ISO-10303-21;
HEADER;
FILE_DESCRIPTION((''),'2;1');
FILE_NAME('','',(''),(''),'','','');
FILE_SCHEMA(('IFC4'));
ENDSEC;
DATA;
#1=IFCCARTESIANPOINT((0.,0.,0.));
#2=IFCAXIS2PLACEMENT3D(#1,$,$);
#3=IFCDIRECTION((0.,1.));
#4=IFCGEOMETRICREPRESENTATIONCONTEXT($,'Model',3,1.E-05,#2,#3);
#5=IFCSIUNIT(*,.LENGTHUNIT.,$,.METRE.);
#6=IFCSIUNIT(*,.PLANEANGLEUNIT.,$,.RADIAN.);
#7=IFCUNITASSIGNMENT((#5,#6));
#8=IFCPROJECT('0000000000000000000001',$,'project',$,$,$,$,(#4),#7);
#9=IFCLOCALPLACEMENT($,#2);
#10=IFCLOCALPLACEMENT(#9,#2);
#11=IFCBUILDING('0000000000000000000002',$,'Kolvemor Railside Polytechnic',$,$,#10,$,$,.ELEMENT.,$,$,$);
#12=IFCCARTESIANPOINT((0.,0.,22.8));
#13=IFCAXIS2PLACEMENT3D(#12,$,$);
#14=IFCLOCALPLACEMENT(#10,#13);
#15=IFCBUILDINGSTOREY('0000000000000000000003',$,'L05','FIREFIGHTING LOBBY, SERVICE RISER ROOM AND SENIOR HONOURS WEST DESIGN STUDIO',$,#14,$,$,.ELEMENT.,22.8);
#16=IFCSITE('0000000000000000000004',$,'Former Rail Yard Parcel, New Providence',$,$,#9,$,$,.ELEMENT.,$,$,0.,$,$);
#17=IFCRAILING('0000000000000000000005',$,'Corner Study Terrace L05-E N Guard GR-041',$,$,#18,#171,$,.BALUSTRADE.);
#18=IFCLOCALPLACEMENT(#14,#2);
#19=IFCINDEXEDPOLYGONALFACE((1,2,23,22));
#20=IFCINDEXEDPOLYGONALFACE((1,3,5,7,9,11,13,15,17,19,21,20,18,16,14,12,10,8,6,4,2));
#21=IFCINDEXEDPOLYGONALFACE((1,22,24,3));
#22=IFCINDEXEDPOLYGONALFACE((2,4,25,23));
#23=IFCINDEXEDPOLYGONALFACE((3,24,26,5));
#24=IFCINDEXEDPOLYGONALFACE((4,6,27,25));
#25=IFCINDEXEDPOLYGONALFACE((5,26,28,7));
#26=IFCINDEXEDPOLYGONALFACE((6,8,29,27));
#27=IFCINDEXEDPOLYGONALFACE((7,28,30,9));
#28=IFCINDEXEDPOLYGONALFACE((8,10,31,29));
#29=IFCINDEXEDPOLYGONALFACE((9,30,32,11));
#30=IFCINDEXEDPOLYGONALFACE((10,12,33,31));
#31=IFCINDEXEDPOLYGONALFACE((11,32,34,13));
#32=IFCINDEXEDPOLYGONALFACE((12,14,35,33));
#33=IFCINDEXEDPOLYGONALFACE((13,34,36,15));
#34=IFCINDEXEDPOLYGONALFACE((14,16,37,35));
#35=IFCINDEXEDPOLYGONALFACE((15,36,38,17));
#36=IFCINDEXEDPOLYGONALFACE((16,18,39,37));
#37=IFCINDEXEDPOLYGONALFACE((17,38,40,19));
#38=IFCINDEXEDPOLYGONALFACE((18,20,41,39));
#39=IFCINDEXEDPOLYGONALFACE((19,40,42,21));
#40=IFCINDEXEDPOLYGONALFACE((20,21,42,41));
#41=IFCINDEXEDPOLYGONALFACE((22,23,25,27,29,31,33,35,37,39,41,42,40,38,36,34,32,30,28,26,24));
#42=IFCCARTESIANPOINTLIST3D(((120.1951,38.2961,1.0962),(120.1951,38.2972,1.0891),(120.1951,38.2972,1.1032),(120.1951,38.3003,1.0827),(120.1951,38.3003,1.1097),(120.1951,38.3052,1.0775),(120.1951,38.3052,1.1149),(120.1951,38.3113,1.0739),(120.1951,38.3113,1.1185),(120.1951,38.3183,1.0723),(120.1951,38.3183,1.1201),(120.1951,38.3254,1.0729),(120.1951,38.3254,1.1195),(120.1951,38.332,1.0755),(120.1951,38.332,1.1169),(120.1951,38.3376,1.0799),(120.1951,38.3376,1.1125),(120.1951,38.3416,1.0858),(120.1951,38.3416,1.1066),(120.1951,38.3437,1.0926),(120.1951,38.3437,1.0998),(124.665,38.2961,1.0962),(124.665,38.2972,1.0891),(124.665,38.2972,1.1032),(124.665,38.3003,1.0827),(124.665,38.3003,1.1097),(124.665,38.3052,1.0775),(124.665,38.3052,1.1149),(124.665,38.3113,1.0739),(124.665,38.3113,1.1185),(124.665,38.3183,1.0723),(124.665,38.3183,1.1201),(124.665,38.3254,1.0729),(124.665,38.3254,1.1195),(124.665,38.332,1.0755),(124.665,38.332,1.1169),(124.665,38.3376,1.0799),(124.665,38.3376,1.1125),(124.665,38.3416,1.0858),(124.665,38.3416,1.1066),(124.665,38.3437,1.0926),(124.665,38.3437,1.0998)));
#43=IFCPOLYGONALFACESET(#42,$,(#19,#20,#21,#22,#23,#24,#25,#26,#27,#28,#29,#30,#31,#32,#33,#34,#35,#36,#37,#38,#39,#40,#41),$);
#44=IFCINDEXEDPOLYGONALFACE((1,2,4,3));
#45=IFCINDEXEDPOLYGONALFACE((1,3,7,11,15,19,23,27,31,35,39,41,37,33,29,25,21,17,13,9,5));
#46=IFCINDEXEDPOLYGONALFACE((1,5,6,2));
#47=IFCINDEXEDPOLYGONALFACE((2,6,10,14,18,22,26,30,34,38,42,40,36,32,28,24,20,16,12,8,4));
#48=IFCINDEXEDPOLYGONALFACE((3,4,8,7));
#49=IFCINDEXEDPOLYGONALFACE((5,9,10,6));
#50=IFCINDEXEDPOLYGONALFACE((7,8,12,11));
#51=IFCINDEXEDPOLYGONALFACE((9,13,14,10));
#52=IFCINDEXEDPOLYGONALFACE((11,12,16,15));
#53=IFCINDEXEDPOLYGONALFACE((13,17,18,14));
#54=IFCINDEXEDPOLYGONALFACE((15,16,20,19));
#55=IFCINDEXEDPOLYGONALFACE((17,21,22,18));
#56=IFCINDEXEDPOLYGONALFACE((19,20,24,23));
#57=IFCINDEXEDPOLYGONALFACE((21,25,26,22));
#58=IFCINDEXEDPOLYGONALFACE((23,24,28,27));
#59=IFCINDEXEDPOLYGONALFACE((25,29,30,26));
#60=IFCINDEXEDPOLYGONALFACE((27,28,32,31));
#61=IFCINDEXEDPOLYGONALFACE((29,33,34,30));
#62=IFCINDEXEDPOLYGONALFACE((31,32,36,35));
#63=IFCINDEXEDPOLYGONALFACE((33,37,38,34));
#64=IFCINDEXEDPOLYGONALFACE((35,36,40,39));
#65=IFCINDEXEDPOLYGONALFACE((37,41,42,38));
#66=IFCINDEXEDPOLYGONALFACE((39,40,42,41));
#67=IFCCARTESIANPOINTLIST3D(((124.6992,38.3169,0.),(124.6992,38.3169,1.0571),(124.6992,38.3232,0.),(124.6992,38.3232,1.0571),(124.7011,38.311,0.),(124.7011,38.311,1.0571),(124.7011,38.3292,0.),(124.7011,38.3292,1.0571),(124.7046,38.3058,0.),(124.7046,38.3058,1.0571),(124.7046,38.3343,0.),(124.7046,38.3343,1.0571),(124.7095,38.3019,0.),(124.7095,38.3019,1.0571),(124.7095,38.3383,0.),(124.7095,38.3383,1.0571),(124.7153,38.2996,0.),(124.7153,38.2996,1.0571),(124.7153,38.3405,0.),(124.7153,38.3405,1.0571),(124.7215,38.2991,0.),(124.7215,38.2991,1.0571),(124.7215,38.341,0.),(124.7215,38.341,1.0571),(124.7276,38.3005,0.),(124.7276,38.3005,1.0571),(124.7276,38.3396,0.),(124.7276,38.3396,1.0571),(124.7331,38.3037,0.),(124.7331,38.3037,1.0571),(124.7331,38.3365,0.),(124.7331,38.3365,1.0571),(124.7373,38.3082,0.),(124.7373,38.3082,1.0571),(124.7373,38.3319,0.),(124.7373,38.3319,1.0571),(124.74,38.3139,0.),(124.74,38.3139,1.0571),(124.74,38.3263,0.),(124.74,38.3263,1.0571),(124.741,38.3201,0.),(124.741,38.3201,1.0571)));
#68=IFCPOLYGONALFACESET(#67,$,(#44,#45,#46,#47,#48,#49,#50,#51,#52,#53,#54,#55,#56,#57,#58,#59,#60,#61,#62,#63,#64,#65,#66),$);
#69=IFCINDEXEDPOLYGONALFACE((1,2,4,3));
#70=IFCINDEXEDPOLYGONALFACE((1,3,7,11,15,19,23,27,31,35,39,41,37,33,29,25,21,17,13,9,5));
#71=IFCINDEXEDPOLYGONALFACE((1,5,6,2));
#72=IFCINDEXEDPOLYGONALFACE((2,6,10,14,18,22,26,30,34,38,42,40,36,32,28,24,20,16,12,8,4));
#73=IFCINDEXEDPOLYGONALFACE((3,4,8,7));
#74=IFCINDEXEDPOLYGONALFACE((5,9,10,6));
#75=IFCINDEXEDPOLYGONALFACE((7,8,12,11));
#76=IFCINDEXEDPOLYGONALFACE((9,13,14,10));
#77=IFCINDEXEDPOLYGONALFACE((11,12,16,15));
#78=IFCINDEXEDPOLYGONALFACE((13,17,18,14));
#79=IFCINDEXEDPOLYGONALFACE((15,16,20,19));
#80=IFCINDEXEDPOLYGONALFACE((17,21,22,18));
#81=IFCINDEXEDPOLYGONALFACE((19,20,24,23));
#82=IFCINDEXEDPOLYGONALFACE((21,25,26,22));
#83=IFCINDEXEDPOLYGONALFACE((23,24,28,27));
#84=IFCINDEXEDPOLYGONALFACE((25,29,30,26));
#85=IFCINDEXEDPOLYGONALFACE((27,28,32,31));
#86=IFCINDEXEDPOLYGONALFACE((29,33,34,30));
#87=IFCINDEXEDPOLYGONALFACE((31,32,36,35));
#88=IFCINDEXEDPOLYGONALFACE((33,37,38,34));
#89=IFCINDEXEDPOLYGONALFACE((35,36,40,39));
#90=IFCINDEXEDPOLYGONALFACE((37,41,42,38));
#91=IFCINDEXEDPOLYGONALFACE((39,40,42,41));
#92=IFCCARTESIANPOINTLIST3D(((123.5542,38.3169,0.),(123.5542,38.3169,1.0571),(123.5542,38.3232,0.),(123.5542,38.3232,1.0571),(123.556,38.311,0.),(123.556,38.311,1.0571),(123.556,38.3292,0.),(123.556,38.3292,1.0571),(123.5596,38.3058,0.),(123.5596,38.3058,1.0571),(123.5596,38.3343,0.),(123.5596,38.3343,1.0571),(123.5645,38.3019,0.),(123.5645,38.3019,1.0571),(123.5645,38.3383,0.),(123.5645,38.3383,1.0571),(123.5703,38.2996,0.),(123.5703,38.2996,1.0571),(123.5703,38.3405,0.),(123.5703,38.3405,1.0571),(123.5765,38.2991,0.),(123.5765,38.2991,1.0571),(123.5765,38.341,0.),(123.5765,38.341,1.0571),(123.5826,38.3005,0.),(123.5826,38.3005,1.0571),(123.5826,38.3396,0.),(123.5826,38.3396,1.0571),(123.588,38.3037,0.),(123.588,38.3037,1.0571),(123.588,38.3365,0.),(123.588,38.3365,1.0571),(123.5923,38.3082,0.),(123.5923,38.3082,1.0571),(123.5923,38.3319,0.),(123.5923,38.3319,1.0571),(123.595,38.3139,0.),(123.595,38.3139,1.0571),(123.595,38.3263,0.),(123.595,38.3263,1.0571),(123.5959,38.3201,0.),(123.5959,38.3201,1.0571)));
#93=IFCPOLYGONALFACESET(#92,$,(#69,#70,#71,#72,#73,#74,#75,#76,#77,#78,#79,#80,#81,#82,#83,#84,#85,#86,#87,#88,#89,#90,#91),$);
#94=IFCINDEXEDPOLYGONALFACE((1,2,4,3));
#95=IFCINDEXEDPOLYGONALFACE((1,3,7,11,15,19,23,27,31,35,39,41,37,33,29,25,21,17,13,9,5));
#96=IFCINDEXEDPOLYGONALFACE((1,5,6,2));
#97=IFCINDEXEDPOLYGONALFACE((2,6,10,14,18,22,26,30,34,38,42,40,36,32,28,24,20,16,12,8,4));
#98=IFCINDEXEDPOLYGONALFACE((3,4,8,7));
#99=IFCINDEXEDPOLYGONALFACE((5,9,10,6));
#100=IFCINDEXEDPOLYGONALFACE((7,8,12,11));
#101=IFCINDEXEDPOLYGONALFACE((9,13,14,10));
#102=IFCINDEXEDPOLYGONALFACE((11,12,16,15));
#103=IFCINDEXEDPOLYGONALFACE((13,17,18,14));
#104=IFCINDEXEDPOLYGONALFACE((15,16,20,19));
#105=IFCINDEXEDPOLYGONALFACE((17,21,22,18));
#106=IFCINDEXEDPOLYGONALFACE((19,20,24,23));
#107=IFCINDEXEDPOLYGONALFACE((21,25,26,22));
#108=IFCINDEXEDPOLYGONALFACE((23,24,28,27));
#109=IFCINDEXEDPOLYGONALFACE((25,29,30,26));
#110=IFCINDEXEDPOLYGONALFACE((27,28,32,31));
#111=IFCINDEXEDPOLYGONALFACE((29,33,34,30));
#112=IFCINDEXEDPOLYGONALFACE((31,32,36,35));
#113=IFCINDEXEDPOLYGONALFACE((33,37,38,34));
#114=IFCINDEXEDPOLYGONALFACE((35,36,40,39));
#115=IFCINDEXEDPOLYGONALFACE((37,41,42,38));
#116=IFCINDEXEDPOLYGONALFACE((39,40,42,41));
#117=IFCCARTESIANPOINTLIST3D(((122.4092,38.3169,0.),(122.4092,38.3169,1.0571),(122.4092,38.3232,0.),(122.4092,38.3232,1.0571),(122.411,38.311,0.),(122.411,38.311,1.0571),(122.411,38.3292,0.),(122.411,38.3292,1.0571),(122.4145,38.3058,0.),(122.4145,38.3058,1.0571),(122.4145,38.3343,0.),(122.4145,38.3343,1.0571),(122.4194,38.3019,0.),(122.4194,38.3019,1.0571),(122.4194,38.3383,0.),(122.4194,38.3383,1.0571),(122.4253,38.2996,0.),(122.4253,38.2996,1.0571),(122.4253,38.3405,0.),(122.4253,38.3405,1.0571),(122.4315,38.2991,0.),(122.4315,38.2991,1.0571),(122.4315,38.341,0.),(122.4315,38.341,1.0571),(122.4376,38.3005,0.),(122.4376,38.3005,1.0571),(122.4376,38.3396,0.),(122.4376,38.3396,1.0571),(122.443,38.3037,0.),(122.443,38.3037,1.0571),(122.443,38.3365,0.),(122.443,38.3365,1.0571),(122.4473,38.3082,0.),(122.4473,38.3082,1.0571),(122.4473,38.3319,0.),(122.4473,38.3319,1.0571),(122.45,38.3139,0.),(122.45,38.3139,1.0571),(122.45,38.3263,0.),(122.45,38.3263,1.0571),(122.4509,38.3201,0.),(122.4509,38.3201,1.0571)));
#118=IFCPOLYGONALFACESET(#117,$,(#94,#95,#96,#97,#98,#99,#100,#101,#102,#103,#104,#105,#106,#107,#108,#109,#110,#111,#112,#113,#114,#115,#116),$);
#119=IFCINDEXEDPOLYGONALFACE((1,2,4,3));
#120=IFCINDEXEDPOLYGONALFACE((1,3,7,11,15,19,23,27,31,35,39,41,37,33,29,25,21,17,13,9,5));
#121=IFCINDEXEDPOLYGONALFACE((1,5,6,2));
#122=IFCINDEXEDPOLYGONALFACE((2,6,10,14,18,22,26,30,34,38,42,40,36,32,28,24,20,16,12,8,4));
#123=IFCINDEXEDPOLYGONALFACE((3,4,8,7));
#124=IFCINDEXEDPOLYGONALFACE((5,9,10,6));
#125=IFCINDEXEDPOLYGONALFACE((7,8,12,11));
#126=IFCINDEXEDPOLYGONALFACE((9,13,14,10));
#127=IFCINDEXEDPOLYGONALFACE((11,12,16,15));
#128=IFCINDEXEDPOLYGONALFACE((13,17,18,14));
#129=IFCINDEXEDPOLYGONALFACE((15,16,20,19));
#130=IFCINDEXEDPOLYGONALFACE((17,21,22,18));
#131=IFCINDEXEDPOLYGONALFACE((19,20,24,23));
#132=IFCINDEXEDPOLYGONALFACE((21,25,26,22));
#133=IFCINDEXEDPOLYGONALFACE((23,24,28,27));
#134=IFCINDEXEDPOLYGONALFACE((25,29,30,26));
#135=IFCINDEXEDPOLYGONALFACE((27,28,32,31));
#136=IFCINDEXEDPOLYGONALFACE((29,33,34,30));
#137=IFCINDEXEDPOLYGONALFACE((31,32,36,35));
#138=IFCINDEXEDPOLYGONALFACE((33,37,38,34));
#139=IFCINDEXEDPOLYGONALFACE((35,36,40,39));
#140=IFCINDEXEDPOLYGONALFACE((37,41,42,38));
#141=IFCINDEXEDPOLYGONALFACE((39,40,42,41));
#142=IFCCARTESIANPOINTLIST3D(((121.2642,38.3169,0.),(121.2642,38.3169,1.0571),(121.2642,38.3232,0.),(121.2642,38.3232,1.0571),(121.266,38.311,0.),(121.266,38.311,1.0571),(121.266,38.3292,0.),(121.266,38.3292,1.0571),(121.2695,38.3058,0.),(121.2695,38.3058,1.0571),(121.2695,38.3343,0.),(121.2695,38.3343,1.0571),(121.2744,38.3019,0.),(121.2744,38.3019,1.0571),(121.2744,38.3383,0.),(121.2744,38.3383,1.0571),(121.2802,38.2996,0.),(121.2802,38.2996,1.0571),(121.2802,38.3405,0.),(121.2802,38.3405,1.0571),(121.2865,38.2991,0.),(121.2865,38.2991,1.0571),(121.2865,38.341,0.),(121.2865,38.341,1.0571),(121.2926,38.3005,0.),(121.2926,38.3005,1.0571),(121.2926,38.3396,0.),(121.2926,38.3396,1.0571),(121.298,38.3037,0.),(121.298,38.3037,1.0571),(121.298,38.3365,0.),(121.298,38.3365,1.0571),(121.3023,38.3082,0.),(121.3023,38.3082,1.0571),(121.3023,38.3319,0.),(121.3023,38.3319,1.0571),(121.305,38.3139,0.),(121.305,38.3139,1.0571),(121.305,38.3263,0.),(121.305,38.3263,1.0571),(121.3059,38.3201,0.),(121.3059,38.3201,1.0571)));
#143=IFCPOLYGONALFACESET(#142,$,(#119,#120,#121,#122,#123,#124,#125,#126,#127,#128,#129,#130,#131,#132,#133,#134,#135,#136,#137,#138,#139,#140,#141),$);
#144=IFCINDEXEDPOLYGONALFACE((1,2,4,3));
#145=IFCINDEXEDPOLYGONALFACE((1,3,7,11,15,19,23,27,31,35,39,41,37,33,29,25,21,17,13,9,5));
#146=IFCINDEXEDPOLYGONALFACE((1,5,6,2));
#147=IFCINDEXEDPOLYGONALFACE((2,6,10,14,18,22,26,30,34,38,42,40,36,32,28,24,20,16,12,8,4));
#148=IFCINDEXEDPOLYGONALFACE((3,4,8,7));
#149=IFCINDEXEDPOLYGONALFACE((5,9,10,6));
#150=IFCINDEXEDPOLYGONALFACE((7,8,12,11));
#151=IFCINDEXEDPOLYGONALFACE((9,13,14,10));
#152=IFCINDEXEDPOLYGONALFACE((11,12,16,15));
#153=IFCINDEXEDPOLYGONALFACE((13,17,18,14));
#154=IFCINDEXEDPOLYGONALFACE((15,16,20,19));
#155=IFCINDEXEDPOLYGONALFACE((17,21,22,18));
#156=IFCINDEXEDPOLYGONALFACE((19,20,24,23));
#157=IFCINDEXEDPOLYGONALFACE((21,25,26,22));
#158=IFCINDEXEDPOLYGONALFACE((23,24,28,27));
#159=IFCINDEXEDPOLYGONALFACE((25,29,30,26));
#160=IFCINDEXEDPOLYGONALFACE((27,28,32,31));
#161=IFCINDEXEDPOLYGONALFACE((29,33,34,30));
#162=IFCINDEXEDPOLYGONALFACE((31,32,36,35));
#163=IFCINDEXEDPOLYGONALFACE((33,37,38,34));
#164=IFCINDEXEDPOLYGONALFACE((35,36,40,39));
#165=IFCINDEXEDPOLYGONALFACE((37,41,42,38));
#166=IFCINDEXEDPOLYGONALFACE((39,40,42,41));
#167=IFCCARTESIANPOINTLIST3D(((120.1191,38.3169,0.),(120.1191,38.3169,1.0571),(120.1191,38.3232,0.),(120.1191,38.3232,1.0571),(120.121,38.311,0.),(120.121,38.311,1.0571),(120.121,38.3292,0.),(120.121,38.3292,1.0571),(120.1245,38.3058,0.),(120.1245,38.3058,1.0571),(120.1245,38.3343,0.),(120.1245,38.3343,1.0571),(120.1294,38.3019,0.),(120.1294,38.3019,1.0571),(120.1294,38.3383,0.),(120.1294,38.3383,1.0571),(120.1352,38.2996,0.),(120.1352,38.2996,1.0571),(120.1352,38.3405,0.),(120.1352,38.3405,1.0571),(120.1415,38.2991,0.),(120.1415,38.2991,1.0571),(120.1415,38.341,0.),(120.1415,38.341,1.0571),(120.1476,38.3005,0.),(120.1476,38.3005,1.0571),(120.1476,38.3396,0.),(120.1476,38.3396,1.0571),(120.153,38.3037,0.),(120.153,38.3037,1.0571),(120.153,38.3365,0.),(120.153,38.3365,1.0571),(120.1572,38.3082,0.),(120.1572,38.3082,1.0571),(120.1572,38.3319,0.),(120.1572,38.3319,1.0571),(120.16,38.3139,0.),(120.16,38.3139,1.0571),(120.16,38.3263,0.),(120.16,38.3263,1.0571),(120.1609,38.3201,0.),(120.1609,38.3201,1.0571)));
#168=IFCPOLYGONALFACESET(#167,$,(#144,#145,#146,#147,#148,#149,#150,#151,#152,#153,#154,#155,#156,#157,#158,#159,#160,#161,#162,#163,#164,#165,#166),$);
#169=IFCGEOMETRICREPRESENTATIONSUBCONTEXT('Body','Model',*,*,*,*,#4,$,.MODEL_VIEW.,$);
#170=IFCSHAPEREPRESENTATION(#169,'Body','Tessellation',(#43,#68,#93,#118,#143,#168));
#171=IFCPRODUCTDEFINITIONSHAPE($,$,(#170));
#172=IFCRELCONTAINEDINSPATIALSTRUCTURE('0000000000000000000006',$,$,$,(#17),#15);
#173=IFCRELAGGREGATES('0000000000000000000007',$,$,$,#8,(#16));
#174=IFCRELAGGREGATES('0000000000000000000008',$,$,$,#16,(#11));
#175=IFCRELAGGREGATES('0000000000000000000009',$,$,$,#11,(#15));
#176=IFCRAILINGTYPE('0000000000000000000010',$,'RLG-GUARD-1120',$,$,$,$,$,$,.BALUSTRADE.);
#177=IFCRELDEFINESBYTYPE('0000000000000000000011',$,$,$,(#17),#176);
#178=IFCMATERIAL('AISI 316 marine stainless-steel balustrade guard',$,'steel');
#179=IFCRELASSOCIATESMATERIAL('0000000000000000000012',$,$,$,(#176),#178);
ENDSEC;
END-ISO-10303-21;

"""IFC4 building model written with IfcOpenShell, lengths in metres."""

from ifc_helpers import new_model, si_unit, direction, frame, origin, origin_2d, place, context, subcontext, project, spatial, circle, extrude, material, type_object, element, save


model = new_model("IFC4")

# Units and contexts
model_context = context("Model", 3, precision=1e-05, world=origin(), true_north=direction((0.0, 1.0)))
body_context = subcontext(model_context, "Body", "Model", "MODEL_VIEW")
ifc_project = project(units=[si_unit("LENGTHUNIT", "METRE"), si_unit("PLANEANGLEUNIT", "RADIAN")], contexts=[model_context])

# Site, building, storey
site_placement = place(None, origin())
site = spatial("IfcSite", under=ifc_project, at=site_placement, Name="Former Rail Yard Parcel, New Providence", CompositionType="ELEMENT", RefElevation=0.0)
building_placement = place(site_placement, origin())
building = spatial("IfcBuilding", under=site, at=building_placement, Name="Kolvemor Railside Polytechnic", CompositionType="ELEMENT")
storey_placement = place(building_placement, frame((0.0, 0.0, 22.8)))
storey = spatial("IfcBuildingStorey", under=building, at=storey_placement, Name="L05", Description="FIREFIGHTING LOBBY, SERVICE RISER ROOM AND SENIOR HONOURS WEST DESIGN STUDIO", CompositionType="ELEMENT", Elevation=22.8)

# Railing
ifc_material_1 = material(Name="AISI 316 marine stainless-steel balustrade guard", Category="steel")
railing_type_1 = type_object("IfcRailingType", Name="RLG-GUARD-1120", PredefinedType="BALUSTRADE", material=ifc_material_1)
railing_1_placement = place(storey_placement, frame((124.72, 38.3201, 0.0)))
element("IfcRailing", 1, at=railing_1_placement, inside=storey, type_object=railing_type_1, Name="Corner Study Terrace L05-E N Guard GR-041", PredefinedType="BALUSTRADE", context=body_context, shape_type="SweptSolid", body=[
    extrude(circle(Radius=0.0239, at=origin_2d()), frame((-0.0549, 0.0, 1.0962), z_axis=(-1.0, 0.0, 0.0), x_axis=(0.0, -1.0, 0.0)), (0.0, 0.0, 1.0), 4.47),
    extrude(circle(Radius=0.021, at=origin_2d()), origin(), (0.0, 0.0, 1.0), 1.0571),
    extrude(circle(Radius=0.021, at=origin_2d()), frame((-1.145, 0.0, 0.0)), (0.0, 0.0, 1.0), 1.0571),
    extrude(circle(Radius=0.021, at=origin_2d()), frame((-2.29, 0.0, 0.0)), (0.0, 0.0, 1.0), 1.0571),
    extrude(circle(Radius=0.021, at=origin_2d()), frame((-3.4351, 0.0, 0.0)), (0.0, 0.0, 1.0), 1.0571),
    extrude(circle(Radius=0.021, at=origin_2d()), frame((-4.5801, 0.0, 0.0)), (0.0, 0.0, 1.0), 1.0571),
])

save(model, "model.ifc")
